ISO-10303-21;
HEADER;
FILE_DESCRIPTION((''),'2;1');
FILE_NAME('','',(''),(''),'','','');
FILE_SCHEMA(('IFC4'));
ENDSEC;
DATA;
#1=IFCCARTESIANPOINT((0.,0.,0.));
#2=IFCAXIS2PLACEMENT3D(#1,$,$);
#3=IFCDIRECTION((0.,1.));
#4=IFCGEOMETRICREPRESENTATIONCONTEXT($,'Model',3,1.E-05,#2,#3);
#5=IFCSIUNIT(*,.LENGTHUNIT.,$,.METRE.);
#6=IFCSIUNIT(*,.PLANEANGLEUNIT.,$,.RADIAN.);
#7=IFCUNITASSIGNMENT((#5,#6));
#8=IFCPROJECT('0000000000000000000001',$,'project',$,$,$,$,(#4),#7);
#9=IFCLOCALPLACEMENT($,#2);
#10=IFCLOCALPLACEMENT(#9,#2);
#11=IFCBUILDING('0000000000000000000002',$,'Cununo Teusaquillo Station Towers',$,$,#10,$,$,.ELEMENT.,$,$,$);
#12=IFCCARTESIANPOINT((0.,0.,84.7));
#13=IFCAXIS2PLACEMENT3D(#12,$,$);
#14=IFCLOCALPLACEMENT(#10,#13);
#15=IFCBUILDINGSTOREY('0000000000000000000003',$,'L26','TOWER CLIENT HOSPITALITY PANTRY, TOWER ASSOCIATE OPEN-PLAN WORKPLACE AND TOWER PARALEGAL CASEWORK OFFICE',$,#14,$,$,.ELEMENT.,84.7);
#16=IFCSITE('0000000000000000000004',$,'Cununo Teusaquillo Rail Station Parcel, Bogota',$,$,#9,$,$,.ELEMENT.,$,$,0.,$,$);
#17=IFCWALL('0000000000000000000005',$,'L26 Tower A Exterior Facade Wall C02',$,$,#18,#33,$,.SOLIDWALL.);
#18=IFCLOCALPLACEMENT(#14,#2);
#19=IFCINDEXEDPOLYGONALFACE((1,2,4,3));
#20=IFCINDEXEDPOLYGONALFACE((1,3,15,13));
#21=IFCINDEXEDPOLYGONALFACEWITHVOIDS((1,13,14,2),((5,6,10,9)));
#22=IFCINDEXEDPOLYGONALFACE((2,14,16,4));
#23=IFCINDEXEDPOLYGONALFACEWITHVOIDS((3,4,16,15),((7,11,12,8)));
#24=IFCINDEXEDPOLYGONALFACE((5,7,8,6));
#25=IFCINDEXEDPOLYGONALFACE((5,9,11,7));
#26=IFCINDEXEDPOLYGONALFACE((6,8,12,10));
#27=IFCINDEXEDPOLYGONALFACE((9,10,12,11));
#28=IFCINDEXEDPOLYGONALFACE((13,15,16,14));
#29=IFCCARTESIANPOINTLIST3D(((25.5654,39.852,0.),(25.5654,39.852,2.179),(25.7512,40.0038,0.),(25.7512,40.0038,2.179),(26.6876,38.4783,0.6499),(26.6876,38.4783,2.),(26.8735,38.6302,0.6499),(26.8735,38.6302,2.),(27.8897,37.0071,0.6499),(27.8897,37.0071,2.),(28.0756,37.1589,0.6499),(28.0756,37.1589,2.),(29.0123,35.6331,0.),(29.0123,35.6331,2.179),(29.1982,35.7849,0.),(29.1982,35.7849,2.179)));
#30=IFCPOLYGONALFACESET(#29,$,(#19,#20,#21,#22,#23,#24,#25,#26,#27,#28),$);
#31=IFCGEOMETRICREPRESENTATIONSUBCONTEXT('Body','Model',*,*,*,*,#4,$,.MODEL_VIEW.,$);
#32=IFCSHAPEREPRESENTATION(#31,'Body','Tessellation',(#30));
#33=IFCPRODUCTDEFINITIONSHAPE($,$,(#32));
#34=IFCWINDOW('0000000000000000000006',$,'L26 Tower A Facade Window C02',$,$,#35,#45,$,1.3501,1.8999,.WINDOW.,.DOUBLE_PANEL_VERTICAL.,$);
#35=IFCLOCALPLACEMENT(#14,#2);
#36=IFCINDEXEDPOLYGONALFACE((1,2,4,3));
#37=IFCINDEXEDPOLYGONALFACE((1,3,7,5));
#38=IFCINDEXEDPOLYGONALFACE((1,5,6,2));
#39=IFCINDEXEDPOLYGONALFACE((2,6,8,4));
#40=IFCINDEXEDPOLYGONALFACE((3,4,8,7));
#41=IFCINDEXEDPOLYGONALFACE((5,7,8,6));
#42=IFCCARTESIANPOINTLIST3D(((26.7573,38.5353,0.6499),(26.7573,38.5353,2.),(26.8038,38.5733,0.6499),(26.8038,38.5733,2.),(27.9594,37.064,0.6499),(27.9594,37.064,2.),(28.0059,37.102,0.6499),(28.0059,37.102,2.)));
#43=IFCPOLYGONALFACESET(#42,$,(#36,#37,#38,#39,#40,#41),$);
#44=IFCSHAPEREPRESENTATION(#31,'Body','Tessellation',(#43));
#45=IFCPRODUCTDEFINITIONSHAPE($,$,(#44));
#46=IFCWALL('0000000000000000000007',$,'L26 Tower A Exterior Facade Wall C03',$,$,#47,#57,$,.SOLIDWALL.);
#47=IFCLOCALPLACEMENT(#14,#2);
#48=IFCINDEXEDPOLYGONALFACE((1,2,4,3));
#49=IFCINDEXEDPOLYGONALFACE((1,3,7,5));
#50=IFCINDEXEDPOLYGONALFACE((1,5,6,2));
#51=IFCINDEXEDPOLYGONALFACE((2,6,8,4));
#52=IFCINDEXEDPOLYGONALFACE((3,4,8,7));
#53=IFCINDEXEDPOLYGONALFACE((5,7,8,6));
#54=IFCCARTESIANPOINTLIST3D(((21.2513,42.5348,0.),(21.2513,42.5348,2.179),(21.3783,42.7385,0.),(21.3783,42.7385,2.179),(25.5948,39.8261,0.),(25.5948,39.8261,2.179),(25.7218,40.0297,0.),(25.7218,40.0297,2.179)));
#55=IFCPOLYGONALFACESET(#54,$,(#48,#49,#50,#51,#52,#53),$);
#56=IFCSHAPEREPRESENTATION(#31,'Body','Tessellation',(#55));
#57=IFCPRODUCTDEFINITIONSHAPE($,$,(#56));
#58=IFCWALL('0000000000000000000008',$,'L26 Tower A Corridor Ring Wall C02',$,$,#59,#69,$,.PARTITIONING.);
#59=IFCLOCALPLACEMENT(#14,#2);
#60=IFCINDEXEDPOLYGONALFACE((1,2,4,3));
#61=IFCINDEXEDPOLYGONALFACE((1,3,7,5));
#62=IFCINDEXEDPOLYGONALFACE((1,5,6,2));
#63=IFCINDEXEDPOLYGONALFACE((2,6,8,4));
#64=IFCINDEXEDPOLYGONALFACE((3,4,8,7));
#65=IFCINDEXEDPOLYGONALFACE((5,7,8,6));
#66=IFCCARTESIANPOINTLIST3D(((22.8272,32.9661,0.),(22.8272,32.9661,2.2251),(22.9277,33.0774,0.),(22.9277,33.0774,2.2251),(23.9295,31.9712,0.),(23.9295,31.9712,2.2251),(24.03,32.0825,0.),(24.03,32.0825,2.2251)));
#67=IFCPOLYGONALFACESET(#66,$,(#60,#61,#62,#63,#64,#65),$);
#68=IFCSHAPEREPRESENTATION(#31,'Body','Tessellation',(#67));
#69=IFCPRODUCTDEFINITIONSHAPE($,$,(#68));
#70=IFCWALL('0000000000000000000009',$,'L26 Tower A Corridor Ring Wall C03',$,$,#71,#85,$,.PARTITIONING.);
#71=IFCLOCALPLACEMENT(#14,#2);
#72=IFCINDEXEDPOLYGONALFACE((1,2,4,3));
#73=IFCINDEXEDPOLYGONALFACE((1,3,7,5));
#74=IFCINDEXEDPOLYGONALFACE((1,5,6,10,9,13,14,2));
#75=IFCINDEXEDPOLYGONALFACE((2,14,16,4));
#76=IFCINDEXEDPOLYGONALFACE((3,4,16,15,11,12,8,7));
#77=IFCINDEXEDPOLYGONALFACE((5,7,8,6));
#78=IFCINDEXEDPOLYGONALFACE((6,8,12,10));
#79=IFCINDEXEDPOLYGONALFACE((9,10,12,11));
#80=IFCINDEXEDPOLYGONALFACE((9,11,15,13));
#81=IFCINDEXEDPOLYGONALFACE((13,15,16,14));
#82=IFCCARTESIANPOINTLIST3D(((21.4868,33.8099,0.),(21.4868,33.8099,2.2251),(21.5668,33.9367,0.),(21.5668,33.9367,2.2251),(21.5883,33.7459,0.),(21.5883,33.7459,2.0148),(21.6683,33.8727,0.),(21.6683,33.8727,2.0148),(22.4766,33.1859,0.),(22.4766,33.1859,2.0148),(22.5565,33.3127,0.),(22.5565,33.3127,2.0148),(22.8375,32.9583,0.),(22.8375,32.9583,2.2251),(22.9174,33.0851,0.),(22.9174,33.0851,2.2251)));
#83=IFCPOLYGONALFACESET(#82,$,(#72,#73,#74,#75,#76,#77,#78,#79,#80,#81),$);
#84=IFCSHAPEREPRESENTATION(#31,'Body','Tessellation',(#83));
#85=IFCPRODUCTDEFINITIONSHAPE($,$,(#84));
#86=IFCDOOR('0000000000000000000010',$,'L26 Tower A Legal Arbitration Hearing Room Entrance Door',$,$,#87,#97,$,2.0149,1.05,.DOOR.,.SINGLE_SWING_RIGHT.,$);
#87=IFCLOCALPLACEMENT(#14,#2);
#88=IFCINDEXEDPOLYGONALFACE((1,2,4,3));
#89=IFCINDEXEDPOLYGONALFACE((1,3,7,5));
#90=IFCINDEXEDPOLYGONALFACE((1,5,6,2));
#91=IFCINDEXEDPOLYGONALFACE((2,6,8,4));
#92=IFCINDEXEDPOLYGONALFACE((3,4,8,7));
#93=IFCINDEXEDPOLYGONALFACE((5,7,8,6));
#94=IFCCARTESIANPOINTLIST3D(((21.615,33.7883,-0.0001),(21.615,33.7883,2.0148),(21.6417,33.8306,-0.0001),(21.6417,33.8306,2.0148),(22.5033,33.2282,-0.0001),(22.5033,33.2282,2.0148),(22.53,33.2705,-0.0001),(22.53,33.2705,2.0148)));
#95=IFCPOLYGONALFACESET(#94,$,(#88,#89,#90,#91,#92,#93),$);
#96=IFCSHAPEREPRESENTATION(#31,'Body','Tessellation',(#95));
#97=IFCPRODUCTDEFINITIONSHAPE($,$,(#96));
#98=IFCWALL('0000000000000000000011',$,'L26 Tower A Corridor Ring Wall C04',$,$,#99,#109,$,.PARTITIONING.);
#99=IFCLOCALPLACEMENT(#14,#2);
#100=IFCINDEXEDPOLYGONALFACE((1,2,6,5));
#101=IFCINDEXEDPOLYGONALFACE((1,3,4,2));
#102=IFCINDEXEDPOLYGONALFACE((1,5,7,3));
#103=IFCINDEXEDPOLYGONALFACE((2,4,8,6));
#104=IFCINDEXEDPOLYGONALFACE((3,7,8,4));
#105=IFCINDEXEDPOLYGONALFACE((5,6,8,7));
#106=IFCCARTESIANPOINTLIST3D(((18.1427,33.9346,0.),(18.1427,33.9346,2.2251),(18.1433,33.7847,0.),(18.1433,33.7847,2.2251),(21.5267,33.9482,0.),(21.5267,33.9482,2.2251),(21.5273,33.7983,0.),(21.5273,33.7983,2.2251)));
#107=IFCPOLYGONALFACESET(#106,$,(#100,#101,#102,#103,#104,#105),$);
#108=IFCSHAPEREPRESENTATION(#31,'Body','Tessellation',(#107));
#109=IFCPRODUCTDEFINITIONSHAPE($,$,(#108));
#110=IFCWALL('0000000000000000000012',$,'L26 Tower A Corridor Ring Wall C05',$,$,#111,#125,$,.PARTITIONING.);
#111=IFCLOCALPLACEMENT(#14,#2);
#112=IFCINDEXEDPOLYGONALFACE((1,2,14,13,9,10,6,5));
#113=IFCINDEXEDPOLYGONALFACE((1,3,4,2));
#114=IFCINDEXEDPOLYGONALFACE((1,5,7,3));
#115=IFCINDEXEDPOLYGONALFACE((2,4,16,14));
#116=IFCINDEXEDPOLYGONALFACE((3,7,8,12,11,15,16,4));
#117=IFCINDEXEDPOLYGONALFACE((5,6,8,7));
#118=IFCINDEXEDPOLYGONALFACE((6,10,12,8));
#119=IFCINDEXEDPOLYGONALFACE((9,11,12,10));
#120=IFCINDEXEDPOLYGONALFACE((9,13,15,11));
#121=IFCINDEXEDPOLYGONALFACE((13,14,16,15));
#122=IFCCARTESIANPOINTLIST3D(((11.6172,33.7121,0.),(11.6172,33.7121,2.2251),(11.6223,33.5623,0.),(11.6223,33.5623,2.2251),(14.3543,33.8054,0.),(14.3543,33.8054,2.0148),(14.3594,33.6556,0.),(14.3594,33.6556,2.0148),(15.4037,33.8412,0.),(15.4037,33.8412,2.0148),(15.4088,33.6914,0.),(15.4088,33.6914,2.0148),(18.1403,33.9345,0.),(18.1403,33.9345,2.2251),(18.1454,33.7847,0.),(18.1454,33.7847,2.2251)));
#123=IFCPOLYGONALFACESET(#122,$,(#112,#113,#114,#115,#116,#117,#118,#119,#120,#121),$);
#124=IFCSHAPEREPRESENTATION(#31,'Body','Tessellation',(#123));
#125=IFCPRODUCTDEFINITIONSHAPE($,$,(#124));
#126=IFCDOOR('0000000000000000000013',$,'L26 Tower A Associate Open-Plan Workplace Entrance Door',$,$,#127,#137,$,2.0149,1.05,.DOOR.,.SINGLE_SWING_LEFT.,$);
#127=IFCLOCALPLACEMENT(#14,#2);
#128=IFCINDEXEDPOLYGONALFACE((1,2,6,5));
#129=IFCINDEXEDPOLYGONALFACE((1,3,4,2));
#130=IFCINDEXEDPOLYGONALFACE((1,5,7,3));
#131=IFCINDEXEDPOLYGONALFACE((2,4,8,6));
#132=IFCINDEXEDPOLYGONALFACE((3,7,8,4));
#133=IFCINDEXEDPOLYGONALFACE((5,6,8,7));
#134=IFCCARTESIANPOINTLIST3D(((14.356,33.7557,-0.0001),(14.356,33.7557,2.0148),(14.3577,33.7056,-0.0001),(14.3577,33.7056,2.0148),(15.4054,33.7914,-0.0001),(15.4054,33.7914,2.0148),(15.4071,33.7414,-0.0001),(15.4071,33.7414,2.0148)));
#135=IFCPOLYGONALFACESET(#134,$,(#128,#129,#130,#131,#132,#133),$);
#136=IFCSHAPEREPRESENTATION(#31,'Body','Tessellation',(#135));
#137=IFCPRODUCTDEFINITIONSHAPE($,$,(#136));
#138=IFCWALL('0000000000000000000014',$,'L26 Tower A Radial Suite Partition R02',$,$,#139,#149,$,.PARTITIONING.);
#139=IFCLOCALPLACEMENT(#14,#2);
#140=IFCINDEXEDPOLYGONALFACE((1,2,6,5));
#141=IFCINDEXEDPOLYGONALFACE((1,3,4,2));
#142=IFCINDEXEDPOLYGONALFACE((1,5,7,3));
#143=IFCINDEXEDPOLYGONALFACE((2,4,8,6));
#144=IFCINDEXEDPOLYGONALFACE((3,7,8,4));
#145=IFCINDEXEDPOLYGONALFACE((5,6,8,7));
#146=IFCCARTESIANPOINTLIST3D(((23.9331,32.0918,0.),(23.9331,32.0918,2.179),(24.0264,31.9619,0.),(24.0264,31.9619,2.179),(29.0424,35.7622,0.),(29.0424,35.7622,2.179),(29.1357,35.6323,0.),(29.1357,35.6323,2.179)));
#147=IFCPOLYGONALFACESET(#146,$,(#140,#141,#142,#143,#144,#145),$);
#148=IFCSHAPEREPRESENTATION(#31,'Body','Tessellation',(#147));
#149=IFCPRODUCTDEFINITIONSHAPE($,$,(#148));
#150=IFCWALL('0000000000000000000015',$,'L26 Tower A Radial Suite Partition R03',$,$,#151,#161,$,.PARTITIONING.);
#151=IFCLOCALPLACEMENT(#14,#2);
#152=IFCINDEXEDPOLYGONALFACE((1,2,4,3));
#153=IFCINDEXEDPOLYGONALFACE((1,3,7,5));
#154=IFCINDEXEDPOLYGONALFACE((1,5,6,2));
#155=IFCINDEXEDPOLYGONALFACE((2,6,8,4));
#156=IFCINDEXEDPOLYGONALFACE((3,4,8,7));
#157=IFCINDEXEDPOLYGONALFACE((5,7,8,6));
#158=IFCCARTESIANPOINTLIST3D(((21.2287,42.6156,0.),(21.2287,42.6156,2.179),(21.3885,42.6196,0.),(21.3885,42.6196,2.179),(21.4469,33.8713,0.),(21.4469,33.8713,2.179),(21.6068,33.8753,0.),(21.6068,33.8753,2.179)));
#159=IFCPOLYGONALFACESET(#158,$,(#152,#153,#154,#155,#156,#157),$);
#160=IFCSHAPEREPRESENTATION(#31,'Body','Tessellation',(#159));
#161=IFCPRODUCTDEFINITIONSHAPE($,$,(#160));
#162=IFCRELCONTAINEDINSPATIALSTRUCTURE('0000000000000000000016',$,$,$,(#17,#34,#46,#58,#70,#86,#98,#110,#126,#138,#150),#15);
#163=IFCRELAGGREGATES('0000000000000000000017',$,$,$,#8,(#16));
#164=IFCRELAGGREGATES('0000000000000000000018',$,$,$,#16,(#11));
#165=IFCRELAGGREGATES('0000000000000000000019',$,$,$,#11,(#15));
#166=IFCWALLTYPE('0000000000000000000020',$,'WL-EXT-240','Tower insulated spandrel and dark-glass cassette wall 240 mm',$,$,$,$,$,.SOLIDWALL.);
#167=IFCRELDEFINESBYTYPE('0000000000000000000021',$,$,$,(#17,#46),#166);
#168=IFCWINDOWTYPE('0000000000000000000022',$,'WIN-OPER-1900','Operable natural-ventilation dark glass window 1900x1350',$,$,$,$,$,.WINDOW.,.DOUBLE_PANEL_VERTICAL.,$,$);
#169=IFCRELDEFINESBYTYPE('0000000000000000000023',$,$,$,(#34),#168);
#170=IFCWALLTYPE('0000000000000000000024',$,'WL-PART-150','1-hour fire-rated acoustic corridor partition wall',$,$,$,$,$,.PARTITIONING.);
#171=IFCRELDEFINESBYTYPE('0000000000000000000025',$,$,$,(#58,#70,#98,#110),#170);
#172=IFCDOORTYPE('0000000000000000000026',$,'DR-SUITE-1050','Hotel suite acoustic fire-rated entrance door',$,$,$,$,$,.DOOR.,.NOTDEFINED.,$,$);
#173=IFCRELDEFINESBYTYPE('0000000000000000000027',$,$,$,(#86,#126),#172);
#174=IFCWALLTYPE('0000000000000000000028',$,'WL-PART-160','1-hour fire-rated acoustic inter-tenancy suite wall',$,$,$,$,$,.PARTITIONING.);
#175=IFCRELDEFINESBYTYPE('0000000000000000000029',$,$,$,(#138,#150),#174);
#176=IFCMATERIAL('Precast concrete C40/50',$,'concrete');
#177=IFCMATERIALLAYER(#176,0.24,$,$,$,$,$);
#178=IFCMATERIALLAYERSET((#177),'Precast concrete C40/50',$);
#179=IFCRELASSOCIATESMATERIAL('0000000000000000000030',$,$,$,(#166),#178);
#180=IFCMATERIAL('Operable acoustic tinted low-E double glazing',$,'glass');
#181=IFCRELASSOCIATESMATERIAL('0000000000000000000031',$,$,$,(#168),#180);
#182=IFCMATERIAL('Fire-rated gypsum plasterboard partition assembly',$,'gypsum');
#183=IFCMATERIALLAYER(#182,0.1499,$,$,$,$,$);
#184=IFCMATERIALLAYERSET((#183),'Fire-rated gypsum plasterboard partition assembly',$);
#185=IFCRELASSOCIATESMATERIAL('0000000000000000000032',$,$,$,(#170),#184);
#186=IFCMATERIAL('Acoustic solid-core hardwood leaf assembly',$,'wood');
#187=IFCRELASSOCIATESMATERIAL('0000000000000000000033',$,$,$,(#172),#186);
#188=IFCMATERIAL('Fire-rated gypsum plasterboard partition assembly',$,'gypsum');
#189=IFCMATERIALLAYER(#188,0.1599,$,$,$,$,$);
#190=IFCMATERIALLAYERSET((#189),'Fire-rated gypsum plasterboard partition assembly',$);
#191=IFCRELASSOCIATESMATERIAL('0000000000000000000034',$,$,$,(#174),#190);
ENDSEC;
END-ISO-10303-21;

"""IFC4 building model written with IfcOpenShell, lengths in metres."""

from ifc_helpers import new_model, si_unit, direction, frame, frame_2d, origin, place, context, subcontext, project, spatial, rectangle, extrude, source, transform, mapped, material, layer, layer_set, type_object, element, fill, save


model = new_model("IFC4")

# Units and contexts
model_context = context("Model", 3, precision=1e-05, world=origin(), true_north=direction((0.0, 1.0)))
body_context = subcontext(model_context, "Body", "Model", "MODEL_VIEW")
ifc_project = project(units=[si_unit("LENGTHUNIT", "METRE"), si_unit("PLANEANGLEUNIT", "RADIAN")], contexts=[model_context])

# Site, building, storey
site_placement = place(None, origin())
site = spatial("IfcSite", under=ifc_project, at=site_placement, Name="Cununo Teusaquillo Rail Station Parcel, Bogota", CompositionType="ELEMENT", RefElevation=0.0)
building_placement = place(site_placement, origin())
building = spatial("IfcBuilding", under=site, at=building_placement, Name="Cununo Teusaquillo Station Towers", CompositionType="ELEMENT")
storey_placement = place(building_placement, frame((0.0, 0.0, 84.7)))
storey = spatial("IfcBuildingStorey", under=building, at=storey_placement, Name="L26", Description="TOWER CLIENT HOSPITALITY PANTRY, TOWER ASSOCIATE OPEN-PLAN WORKPLACE AND TOWER PARALEGAL CASEWORK OFFICE", CompositionType="ELEMENT", Elevation=84.7)

# Shared definitions
ifc_material_1 = material(Name="Precast concrete C40/50", Category="concrete")
ifc_layer_1 = layer(ifc_material_1, 0.24)
ifc_layer_set_1 = layer_set([ifc_layer_1], Name="Precast concrete C40/50")
wall_type_1 = type_object("IfcWallType", Name="WL-EXT-240", Description="Tower insulated spandrel and dark-glass cassette wall 240 mm", PredefinedType="SOLIDWALL", material=ifc_layer_set_1)

# Wall, opening, window
wall_1_placement = place(storey_placement, frame((25.6582, 39.928, 0.0), z_axis=(0.0, 0.0, 1.0), x_axis=(0.632701, -0.774396, 0.0)))
wall_1 = element("IfcWall", 1, at=wall_1_placement, inside=storey, type_object=wall_type_1, Name="L26 Tower A Exterior Facade Wall C02", PredefinedType="SOLIDWALL", context=body_context, shape_type="SweptSolid", body=[
    extrude(rectangle(XDim=5.448, YDim=0.24, at=frame_2d((2.7241, 0.0))), origin(), (0.0, 0.0, 1.0), 2.179),
])
shared_shape_1 = source(origin(), body_context, "Body", "SweptSolid", [
    extrude(rectangle(XDim=1.8999, YDim=1.3501, at=frame_2d((0.95, 0.675))), frame((0.0, 0.1299, 0.0), z_axis=(0.0, -1.0, 0.0), x_axis=(1.0, 0.0, 0.0)), (0.0, 0.0, 1.0), 0.26),
])
opening_1_placement = place(wall_1_placement, frame((1.7739, 0.0, 0.6499)))
opening_1 = element("IfcOpeningElement", 2, at=opening_1_placement, cuts=wall_1, PredefinedType="OPENING", context=body_context, shape_type="MappedRepresentation", body=[
    mapped(shared_shape_1, transform((0.0, 0.0, 0.0), x_axis=(1.0, 0.0, 0.0), y_axis=(0.0, 1.0, 0.0), z_axis=(0.0, 0.0, 1.0), scale=1.0)),
])
ifc_material_2 = material(Name="Operable acoustic tinted low-E double glazing", Category="glass")
window_type = type_object("IfcWindowType", Name="WIN-OPER-1900", Description="Operable natural-ventilation dark glass window 1900x1350", PartitioningType="DOUBLE_PANEL_VERTICAL", PredefinedType="WINDOW", material=ifc_material_2)
shared_shape_2 = source(origin(), body_context, "Body", "SweptSolid", [
    extrude(rectangle(XDim=1.8999, YDim=1.3501, at=frame_2d((0.95, 0.675))), frame((0.0, 0.03, 0.0), z_axis=(0.0, -1.0, 0.0), x_axis=(1.0, 0.0, 0.0)), (0.0, 0.0, 1.0), 0.0601),
])
window_placement = place(opening_1_placement, origin())
window = element("IfcWindow", 3, at=window_placement, inside=storey, type_object=window_type, Name="L26 Tower A Facade Window C02", OverallHeight=1.3501, OverallWidth=1.8999, PartitioningType="DOUBLE_PANEL_VERTICAL", PredefinedType="WINDOW", context=body_context, shape_type="MappedRepresentation", body=[
    mapped(shared_shape_2, transform((0.0, 0.0, 0.0), x_axis=(1.0, 0.0, 0.0), y_axis=(0.0, 1.0, 0.0), z_axis=(0.0, 0.0, 1.0), scale=1.0)),
])
fill(opening_1, window)

# Walls
wall_2_placement = place(storey_placement, frame((21.3147, 42.6367, 0.0), z_axis=(0.0, 0.0, 1.0), x_axis=(0.84852, -0.529163, 0.0)))
element("IfcWall", 4, at=wall_2_placement, inside=storey, type_object=wall_type_1, Name="L26 Tower A Exterior Facade Wall C03", PredefinedType="SOLIDWALL", context=body_context, shape_type="SweptSolid", body=[
    extrude(rectangle(XDim=5.1189, YDim=0.24, at=frame_2d((2.5596, 0.0))), origin(), (0.0, 0.0, 1.0), 2.179),
])
ifc_material_3 = material(Name="Fire-rated gypsum plasterboard partition assembly", Category="gypsum")
ifc_layer_2 = layer(ifc_material_3, 0.1499)
ifc_layer_set_2 = layer_set([ifc_layer_2], Name="Fire-rated gypsum plasterboard partition assembly")
wall_type_2 = type_object("IfcWallType", Name="WL-PART-150", Description="1-hour fire-rated acoustic corridor partition wall", PredefinedType="PARTITIONING", material=ifc_layer_set_2)
wall_3_placement = place(storey_placement, frame((23.9797, 32.0269, 0.0), z_axis=(0.0, 0.0, 1.0), x_axis=(-0.742353, 0.670009, 0.0)))
element("IfcWall", 5, at=wall_3_placement, inside=storey, type_object=wall_type_2, Name="L26 Tower A Corridor Ring Wall C02", PredefinedType="PARTITIONING", context=body_context, shape_type="SweptSolid", body=[
    extrude(rectangle(XDim=1.4849, YDim=0.1499, at=frame_2d((0.7424, 0.0))), origin(), (0.0, 0.0, 1.0), 2.2251),
])

# Wall, opening, door
wall_4_placement = place(storey_placement, frame((22.8774, 33.0217, 0.0), z_axis=(0.0, 0.0, 1.0), x_axis=(-0.845896, 0.533348, 0.0)))
wall_4 = element("IfcWall", 6, at=wall_4_placement, inside=storey, type_object=wall_type_2, Name="L26 Tower A Corridor Ring Wall C03", PredefinedType="PARTITIONING", context=body_context, shape_type="SweptSolid", body=[
    extrude(rectangle(XDim=1.5967, YDim=0.1499, at=frame_2d((0.7983, 0.0))), origin(), (0.0, 0.0, 1.0), 2.2251),
])
shared_shape_3 = source(origin(), body_context, "Body", "SweptSolid", [
    extrude(rectangle(XDim=1.05, YDim=2.0149, at=frame_2d((0.5249, 1.0073))), frame((0.0, 0.085, 0.0), z_axis=(0.0, -1.0, 0.0), x_axis=(1.0, 0.0, 0.0)), (0.0, 0.0, 1.0), 0.1699),
])
opening_2_placement = place(wall_4_placement, frame((0.4268, 0.0, 0.0)))
opening_2 = element("IfcOpeningElement", 7, at=opening_2_placement, cuts=wall_4, PredefinedType="OPENING", context=body_context, shape_type="MappedRepresentation", body=[
    mapped(shared_shape_3, transform((0.0, 0.0, 0.0), x_axis=(1.0, 0.0, 0.0), y_axis=(0.0, 1.0, 0.0), z_axis=(0.0, 0.0, 1.0), scale=1.0)),
])
ifc_material_4 = material(Name="Acoustic solid-core hardwood leaf assembly", Category="wood")
door_type = type_object("IfcDoorType", Name="DR-SUITE-1050", Description="Hotel suite acoustic fire-rated entrance door", OperationType="NOTDEFINED", PredefinedType="DOOR", material=ifc_material_4)
shared_shape_4 = source(origin(), body_context, "Body", "SweptSolid", [
    extrude(rectangle(XDim=1.05, YDim=2.0149, at=frame_2d((0.5249, 1.0073))), frame((0.0, 0.0249, 0.0), z_axis=(0.0, -1.0, 0.0), x_axis=(1.0, 0.0, 0.0)), (0.0, 0.0, 1.0), 0.05),
])
door_1_placement = place(opening_2_placement, origin())
door_1 = element("IfcDoor", 8, at=door_1_placement, inside=storey, type_object=door_type, Name="L26 Tower A Legal Arbitration Hearing Room Entrance Door", OperationType="SINGLE_SWING_RIGHT", OverallHeight=2.0149, OverallWidth=1.05, PredefinedType="DOOR", context=body_context, shape_type="MappedRepresentation", body=[
    mapped(shared_shape_4, transform((0.0, 0.0, 0.0), x_axis=(1.0, 0.0, 0.0), y_axis=(0.0, 1.0, 0.0), z_axis=(0.0, 0.0, 1.0), scale=1.0)),
])
fill(opening_2, door_1)

# Wall
wall_5_placement = place(storey_placement, frame((21.5269, 33.8733, 0.0), z_axis=(0.0, 0.0, 1.0), x_axis=(-0.999992, -0.00404, 0.0)))
element("IfcWall", 9, at=wall_5_placement, inside=storey, type_object=wall_type_2, Name="L26 Tower A Corridor Ring Wall C04", PredefinedType="PARTITIONING", context=body_context, shape_type="SweptSolid", body=[
    extrude(rectangle(XDim=3.384, YDim=0.1499, at=frame_2d((1.6919, 0.0))), origin(), (0.0, 0.0, 1.0), 2.2251),
])

# Wall, opening, door
wall_6_placement = place(storey_placement, frame((18.1428, 33.8596, 0.0), z_axis=(0.0, 0.0, 1.0), x_axis=(-0.999419, -0.034077, 0.0)))
wall_6 = element("IfcWall", 10, at=wall_6_placement, inside=storey, type_object=wall_type_2, Name="L26 Tower A Corridor Ring Wall C05", PredefinedType="PARTITIONING", context=body_context, shape_type="SweptSolid", body=[
    extrude(rectangle(XDim=6.5269, YDim=0.1499, at=frame_2d((3.2634, 0.0))), origin(), (0.0, 0.0, 1.0), 2.2251),
])
opening_3_placement = place(wall_6_placement, frame((2.7383, 0.0, 0.0)))
opening_3 = element("IfcOpeningElement", 11, at=opening_3_placement, cuts=wall_6, PredefinedType="OPENING", context=body_context, shape_type="MappedRepresentation", body=[
    mapped(shared_shape_3, transform((0.0, 0.0, 0.0), x_axis=(1.0, 0.0, 0.0), y_axis=(0.0, 1.0, 0.0), z_axis=(0.0, 0.0, 1.0), scale=1.0)),
])
door_2_placement = place(opening_3_placement, origin())
door_2 = element("IfcDoor", 12, at=door_2_placement, inside=storey, type_object=door_type, Name="L26 Tower A Associate Open-Plan Workplace Entrance Door", OperationType="SINGLE_SWING_LEFT", OverallHeight=2.0149, OverallWidth=1.05, PredefinedType="DOOR", context=body_context, shape_type="MappedRepresentation", body=[
    mapped(shared_shape_4, transform((0.0, 0.0, 0.0), x_axis=(1.0, 0.0, 0.0), y_axis=(0.0, 1.0, 0.0), z_axis=(0.0, 0.0, 1.0), scale=1.0)),
])
fill(opening_3, door_2)

# Walls
ifc_material_5 = material(Name="Fire-rated gypsum plasterboard partition assembly", Category="gypsum")
ifc_layer_3 = layer(ifc_material_5, 0.1599)
ifc_layer_set_3 = layer_set([ifc_layer_3], Name="Fire-rated gypsum plasterboard partition assembly")
wall_type_3 = type_object("IfcWallType", Name="WL-PART-160", Description="1-hour fire-rated acoustic inter-tenancy suite wall", PredefinedType="PARTITIONING", material=ifc_layer_set_3)
wall_7_placement = place(storey_placement, frame((23.9797, 32.0269, 0.0), z_axis=(0.0, 0.0, 1.0), x_axis=(0.812162, 0.583431, 0.0)))
element("IfcWall", 13, at=wall_7_placement, inside=storey, type_object=wall_type_3, Name="L26 Tower A Radial Suite Partition R02", PredefinedType="PARTITIONING", context=body_context, shape_type="SweptSolid", body=[
    extrude(rectangle(XDim=6.291, YDim=0.1599, at=frame_2d((3.1455, 0.0))), origin(), (0.0, 0.0, 1.0), 2.179),
])
wall_8_placement = place(storey_placement, frame((21.5269, 33.8733, 0.0), z_axis=(0.0, 0.0, 1.0), x_axis=(-0.024952, 0.999689, 0.0)))
element("IfcWall", 14, at=wall_8_placement, inside=storey, type_object=wall_type_3, Name="L26 Tower A Radial Suite Partition R03", PredefinedType="PARTITIONING", context=body_context, shape_type="SweptSolid", body=[
    extrude(rectangle(XDim=8.7471, YDim=0.1599, at=frame_2d((4.3735, 0.0))), origin(), (0.0, 0.0, 1.0), 2.179),
])

save(model, "model.ifc")
